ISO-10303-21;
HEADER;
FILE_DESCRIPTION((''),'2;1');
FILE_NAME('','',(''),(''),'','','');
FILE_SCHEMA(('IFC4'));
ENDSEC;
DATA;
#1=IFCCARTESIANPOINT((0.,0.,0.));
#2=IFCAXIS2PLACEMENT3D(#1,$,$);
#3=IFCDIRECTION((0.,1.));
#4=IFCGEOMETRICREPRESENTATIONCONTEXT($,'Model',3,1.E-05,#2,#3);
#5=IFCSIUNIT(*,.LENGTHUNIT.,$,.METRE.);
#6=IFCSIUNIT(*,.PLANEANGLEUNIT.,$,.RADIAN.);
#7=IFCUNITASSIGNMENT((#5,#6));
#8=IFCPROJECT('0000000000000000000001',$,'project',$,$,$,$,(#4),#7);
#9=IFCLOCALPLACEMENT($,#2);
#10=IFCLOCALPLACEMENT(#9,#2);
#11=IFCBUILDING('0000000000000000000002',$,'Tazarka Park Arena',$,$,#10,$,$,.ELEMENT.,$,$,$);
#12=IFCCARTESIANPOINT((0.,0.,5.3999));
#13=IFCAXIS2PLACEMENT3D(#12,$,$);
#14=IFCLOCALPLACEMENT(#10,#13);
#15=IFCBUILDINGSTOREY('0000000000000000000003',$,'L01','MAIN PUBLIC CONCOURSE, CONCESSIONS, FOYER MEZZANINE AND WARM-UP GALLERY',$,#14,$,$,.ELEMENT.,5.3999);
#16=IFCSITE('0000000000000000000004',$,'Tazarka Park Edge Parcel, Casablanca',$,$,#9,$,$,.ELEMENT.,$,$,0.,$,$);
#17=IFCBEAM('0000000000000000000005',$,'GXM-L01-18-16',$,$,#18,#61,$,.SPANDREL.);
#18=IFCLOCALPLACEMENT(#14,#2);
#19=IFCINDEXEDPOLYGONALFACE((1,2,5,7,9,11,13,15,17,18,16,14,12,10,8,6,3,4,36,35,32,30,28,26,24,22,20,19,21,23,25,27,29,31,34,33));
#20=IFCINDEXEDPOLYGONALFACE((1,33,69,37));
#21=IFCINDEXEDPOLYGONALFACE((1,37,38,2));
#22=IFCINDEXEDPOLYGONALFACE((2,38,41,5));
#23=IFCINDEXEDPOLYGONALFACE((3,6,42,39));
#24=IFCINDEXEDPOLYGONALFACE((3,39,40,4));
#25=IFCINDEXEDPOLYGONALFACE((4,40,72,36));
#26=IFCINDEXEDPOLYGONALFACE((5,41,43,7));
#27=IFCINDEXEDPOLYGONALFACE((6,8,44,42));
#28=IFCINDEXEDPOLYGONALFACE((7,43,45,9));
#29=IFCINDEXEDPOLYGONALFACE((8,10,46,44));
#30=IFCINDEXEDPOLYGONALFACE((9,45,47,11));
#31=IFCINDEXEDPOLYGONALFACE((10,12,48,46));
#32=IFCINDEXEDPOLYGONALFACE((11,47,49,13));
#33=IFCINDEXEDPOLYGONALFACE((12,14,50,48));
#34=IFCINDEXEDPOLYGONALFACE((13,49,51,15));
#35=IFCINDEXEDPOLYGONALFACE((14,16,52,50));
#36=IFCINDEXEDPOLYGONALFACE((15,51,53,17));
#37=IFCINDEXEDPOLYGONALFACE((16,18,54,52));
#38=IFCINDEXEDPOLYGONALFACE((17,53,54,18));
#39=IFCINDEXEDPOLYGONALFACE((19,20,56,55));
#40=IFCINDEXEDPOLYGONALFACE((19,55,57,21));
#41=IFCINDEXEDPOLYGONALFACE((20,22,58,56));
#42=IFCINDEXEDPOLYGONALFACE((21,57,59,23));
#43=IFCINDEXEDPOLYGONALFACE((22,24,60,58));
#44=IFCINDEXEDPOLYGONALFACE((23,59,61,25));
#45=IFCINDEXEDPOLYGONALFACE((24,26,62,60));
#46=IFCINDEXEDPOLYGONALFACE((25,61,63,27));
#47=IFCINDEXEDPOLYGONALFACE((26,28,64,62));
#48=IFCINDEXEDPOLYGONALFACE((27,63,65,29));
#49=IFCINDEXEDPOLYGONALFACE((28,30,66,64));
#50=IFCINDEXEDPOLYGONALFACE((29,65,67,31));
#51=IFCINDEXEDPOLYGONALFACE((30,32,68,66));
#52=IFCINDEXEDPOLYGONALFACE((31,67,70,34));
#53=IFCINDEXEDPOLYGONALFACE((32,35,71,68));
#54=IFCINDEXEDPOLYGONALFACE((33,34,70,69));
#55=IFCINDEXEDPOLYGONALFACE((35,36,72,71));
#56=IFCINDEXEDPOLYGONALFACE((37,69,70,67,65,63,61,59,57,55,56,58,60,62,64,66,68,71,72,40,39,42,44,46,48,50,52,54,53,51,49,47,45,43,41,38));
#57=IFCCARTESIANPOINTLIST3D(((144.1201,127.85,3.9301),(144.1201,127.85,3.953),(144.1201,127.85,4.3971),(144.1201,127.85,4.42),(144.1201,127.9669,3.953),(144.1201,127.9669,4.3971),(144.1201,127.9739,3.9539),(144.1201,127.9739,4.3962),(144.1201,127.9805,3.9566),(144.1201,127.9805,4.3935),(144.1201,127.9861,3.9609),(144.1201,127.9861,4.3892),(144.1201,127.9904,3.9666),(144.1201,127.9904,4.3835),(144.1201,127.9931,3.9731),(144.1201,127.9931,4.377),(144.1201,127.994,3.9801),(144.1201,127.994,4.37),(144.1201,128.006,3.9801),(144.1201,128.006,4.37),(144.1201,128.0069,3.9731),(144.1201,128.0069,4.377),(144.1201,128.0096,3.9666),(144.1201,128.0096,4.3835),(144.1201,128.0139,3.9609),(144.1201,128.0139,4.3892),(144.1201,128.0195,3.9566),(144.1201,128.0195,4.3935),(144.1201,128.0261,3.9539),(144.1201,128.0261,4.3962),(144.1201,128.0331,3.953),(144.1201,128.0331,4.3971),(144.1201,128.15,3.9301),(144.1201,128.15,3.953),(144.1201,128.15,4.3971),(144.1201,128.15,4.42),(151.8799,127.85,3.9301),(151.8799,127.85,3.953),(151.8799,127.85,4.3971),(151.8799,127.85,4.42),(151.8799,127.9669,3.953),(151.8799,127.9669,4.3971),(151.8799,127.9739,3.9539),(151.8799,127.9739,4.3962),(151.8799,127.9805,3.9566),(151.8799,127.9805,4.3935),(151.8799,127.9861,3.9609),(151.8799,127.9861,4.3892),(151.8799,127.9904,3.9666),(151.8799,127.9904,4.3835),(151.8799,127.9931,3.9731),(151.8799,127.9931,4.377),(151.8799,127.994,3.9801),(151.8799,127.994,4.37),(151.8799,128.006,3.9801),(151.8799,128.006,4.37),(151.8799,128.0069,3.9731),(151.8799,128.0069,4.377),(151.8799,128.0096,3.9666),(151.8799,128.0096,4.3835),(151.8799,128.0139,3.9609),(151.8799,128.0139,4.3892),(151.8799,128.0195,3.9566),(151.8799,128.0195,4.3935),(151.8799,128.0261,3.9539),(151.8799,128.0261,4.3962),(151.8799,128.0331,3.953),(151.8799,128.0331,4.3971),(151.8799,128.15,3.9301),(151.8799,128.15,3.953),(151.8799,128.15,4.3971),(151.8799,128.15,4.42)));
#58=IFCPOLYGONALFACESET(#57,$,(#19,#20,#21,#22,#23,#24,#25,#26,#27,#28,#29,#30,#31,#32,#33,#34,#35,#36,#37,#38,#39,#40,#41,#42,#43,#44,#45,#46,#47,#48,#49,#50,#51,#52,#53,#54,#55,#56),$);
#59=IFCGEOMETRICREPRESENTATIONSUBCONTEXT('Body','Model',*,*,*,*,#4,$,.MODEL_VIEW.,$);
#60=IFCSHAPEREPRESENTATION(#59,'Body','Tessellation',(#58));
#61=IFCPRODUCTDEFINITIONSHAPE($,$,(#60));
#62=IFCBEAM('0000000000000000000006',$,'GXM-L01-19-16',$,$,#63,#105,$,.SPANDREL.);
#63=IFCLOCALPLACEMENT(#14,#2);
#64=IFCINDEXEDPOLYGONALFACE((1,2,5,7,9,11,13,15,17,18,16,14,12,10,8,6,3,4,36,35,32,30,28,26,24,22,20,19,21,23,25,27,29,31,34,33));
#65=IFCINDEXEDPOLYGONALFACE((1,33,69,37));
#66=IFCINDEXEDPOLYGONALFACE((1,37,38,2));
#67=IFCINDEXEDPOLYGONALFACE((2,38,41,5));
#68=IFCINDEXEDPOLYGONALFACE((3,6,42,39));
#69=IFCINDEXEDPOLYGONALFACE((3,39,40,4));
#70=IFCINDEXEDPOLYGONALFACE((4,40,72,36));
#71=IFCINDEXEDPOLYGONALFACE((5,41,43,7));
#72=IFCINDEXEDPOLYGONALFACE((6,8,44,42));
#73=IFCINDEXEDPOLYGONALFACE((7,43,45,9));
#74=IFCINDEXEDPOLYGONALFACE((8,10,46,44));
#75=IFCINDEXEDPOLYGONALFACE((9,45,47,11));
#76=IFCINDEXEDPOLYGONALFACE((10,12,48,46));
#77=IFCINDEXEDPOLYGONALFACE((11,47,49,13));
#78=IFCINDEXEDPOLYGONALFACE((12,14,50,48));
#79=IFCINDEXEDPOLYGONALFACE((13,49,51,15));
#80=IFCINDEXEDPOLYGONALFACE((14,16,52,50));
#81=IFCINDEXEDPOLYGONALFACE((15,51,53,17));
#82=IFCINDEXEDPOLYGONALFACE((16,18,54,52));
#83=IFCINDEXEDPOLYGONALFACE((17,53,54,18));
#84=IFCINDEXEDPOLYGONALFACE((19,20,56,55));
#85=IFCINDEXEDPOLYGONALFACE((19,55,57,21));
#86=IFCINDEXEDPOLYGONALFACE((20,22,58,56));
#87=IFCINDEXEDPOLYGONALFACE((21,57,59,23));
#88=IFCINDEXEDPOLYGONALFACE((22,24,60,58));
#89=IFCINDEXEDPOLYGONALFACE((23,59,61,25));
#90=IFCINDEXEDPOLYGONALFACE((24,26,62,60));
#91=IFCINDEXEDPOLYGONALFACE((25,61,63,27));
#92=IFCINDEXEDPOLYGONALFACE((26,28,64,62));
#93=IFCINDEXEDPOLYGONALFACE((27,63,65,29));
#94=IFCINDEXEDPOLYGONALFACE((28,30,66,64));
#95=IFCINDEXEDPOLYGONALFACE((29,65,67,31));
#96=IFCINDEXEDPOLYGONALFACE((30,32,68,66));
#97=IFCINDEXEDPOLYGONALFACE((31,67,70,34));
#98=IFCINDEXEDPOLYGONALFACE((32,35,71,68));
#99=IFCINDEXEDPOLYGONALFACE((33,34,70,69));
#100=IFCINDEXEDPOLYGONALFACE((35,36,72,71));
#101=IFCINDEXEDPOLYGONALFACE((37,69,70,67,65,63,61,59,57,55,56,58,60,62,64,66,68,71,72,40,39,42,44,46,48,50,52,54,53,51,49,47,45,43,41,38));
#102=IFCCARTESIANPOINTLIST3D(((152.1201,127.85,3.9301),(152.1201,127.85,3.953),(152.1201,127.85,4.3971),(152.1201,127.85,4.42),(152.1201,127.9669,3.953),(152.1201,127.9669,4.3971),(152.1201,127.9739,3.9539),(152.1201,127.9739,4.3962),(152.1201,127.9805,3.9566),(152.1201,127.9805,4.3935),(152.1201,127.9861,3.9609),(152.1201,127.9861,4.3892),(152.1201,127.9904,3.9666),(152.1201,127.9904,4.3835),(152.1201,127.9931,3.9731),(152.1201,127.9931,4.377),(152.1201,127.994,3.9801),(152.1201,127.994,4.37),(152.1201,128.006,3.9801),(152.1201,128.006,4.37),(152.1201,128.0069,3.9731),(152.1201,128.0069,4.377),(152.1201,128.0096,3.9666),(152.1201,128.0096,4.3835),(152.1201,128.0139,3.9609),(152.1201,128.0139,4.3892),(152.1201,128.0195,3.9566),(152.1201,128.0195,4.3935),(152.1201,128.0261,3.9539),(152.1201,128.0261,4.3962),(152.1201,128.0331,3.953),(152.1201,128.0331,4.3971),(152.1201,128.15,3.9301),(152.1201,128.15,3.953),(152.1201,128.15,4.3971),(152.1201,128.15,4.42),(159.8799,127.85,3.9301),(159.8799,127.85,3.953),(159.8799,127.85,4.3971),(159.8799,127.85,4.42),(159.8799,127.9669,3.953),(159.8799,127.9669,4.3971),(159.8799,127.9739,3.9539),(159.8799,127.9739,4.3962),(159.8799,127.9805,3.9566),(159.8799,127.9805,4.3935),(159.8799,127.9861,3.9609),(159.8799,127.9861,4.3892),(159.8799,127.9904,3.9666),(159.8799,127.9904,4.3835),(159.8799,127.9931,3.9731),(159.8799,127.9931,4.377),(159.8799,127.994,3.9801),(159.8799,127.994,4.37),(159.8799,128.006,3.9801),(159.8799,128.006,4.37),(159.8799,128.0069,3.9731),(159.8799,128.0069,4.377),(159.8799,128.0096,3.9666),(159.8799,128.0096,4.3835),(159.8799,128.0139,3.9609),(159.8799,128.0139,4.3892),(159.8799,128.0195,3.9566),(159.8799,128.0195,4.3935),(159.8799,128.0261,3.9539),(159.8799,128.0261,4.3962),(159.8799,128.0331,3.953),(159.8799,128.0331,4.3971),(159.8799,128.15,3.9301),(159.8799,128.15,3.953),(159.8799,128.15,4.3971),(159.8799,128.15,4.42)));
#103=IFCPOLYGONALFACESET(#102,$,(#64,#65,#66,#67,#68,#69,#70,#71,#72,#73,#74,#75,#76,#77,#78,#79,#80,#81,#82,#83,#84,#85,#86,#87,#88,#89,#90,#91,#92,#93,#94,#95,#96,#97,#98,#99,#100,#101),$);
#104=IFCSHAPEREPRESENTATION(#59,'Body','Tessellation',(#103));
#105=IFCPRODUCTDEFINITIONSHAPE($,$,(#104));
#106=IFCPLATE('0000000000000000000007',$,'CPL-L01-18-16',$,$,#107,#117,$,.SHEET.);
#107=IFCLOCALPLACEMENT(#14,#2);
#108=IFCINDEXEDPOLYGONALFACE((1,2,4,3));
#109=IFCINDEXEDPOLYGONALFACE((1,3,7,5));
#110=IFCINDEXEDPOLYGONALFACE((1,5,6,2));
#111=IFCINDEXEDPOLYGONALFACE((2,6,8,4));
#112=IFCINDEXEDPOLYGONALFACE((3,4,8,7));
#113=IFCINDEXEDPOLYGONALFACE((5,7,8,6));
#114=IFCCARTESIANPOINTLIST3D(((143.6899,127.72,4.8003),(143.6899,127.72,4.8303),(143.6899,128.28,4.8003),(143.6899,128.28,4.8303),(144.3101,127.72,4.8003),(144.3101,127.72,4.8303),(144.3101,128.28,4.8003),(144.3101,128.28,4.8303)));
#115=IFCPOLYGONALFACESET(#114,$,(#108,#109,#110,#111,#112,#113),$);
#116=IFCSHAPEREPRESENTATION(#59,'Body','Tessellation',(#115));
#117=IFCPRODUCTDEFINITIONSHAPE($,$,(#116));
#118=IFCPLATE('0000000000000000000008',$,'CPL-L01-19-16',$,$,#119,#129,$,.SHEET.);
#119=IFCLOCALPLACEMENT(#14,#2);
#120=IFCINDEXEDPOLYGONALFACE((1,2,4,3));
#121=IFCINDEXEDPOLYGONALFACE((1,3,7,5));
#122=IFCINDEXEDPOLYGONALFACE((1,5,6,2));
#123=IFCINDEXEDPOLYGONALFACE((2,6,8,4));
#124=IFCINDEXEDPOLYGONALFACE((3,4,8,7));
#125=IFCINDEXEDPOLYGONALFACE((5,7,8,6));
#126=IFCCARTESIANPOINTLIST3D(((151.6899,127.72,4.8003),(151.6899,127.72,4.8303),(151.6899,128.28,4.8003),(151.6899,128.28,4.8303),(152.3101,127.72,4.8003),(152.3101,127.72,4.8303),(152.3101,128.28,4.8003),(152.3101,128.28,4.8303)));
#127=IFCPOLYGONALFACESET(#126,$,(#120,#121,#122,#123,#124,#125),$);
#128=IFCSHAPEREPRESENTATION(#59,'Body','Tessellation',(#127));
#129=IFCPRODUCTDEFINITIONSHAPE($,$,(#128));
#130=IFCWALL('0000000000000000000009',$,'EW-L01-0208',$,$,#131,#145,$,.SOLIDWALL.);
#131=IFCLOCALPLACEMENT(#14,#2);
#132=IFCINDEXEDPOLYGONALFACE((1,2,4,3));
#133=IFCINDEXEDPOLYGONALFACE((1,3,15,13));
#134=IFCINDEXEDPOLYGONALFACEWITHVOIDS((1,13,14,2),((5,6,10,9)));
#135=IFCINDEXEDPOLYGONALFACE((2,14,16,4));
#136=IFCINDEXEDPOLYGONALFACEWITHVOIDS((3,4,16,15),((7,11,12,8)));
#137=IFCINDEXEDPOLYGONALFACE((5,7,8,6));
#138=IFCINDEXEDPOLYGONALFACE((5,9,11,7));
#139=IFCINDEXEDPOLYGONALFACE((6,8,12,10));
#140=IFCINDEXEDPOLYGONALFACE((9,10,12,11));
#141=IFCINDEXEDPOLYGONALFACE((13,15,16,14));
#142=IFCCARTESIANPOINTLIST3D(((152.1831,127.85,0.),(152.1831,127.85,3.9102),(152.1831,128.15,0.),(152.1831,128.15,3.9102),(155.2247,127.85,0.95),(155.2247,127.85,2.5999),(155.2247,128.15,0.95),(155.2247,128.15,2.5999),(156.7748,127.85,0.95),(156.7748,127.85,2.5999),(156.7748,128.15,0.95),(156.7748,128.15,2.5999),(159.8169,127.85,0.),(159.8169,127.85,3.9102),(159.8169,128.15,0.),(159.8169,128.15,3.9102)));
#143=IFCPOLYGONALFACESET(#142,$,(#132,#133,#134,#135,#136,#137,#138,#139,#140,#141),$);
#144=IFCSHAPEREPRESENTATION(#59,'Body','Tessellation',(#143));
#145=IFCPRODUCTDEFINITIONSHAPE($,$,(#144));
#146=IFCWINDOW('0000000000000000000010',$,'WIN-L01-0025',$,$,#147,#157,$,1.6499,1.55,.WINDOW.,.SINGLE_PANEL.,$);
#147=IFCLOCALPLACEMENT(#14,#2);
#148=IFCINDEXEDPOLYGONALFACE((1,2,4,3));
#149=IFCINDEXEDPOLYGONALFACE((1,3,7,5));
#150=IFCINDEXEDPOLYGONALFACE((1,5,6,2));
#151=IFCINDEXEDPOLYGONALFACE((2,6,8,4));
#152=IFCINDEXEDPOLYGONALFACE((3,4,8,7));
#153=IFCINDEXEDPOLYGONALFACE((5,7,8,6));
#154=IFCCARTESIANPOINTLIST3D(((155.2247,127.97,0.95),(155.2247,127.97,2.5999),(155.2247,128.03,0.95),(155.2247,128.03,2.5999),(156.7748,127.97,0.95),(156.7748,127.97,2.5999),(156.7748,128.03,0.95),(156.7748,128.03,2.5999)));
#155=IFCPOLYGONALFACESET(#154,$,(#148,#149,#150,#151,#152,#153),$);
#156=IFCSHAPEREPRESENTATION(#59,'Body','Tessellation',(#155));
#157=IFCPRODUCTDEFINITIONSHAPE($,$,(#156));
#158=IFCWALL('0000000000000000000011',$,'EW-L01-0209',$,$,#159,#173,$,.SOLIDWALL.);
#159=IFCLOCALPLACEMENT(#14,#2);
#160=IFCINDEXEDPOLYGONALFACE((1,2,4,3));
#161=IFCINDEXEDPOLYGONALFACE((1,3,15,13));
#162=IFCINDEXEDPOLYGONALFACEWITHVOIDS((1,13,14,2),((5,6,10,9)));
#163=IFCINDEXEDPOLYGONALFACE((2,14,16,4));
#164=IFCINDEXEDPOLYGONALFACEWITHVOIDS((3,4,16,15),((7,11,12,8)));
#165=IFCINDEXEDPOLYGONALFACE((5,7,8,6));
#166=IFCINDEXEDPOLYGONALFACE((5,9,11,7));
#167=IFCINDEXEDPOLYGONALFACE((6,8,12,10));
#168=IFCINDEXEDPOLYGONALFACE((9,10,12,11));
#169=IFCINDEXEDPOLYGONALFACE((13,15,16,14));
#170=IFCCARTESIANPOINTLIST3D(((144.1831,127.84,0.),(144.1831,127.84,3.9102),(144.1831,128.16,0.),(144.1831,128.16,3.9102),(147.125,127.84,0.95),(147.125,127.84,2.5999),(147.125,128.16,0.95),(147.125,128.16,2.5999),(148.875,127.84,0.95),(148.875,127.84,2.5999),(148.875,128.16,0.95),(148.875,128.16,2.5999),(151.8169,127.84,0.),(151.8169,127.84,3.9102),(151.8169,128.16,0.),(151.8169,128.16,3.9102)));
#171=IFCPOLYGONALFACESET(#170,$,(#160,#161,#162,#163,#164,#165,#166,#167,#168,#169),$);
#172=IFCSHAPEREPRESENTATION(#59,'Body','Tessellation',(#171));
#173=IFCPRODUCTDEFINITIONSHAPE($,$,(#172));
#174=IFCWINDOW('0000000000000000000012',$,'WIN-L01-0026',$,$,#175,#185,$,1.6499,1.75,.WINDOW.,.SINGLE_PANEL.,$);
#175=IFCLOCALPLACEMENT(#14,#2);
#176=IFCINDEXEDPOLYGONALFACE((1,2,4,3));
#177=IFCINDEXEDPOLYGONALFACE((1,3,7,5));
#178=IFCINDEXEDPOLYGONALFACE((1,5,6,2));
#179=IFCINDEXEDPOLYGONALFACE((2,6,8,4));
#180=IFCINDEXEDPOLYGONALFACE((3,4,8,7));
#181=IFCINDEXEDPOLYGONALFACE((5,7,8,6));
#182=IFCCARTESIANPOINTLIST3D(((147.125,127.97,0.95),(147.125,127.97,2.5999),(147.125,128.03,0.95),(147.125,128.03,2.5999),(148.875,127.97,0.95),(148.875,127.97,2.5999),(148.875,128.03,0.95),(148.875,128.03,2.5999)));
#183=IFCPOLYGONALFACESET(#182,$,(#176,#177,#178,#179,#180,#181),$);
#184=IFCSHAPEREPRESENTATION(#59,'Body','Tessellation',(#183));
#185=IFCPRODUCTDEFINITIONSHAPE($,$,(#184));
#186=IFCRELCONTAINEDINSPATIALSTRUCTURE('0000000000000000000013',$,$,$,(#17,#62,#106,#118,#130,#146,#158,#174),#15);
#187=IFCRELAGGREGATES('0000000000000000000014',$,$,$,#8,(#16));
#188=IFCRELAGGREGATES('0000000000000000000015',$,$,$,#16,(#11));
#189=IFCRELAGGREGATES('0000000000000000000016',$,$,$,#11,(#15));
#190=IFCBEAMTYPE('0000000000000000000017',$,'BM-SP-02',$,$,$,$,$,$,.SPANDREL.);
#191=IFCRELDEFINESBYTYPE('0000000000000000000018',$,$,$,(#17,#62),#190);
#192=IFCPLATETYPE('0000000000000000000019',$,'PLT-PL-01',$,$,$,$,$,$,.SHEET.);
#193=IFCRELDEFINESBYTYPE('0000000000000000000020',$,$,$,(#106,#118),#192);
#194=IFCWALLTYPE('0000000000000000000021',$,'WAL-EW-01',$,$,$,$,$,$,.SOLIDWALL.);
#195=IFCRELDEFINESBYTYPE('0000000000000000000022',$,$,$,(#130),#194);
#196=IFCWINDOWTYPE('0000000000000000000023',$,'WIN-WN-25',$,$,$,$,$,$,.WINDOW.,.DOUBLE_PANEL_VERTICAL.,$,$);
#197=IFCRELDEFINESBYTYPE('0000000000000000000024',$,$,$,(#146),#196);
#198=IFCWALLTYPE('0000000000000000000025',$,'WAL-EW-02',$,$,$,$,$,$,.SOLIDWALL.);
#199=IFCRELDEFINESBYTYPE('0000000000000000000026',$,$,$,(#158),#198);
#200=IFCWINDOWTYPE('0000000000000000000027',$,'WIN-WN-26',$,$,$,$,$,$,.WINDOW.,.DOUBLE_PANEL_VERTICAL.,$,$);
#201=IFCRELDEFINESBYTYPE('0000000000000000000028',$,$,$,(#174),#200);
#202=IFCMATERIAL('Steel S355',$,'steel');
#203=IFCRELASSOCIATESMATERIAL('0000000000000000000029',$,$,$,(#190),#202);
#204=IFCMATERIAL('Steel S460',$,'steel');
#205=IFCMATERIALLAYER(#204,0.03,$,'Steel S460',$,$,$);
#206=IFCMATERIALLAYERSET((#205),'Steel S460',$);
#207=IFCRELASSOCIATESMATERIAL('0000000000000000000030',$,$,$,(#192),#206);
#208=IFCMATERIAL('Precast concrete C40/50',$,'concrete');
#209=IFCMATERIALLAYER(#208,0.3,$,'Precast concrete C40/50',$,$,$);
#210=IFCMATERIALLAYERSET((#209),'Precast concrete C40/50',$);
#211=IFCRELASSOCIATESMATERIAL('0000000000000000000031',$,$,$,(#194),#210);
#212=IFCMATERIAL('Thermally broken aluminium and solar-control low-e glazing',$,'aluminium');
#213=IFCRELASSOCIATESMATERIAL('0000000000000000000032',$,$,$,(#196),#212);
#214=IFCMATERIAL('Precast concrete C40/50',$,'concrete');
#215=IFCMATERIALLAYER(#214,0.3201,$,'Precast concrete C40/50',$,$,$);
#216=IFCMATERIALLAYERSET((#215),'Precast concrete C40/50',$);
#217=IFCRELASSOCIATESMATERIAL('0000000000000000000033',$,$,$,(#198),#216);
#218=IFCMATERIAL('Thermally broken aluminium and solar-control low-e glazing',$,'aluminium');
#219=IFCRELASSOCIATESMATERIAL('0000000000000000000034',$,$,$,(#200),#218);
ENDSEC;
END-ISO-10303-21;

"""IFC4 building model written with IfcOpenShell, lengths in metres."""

from ifc_helpers import new_model, si_unit, direction, frame, frame_2d, origin, origin_2d, place, context, subcontext, project, spatial, rectangle, i_section, extrude, material, layer, layer_set, material_profile, profile_set, type_object, element, fill, save


model = new_model("IFC4")

# Units and contexts
model_context = context("Model", 3, precision=1e-05, world=origin(), true_north=direction((0.0, 1.0)))
body_context = subcontext(model_context, "Body", "Model", "MODEL_VIEW")
ifc_project = project(units=[si_unit("LENGTHUNIT", "METRE"), si_unit("PLANEANGLEUNIT", "RADIAN")], contexts=[model_context])

# Site, building, storey
site_placement = place(None, origin())
site = spatial("IfcSite", under=ifc_project, at=site_placement, Name="Tazarka Park Edge Parcel, Casablanca", CompositionType="ELEMENT", RefElevation=0.0)
building_placement = place(site_placement, origin())
building = spatial("IfcBuilding", under=site, at=building_placement, Name="Tazarka Park Arena", CompositionType="ELEMENT")
storey_placement = place(building_placement, frame((0.0, 0.0, 5.3999)))
storey = spatial("IfcBuildingStorey", under=building, at=storey_placement, Name="L01", Description="MAIN PUBLIC CONCOURSE, CONCESSIONS, FOYER MEZZANINE AND WARM-UP GALLERY", CompositionType="ELEMENT", Elevation=5.3999)

# Beams
ifc_material_1 = material(Name="Steel S355", Category="steel")
ifc_material_profile_1 = material_profile(ifc_material_1, i_section(OverallWidth=0.3, OverallDepth=0.49, WebThickness=0.012, FlangeThickness=0.0229, FilletRadius=0.0271, at=origin_2d()), Name="Steel S355")
ifc_profile_set_1 = profile_set([ifc_material_profile_1], Name="Steel S355")
beam_type_1 = type_object("IfcBeamType", Name="BM-SP-02", PredefinedType="SPANDREL", material=ifc_profile_set_1)
for number, where, z_axis, x_axis, name in (
    (1, (144.1201, 128.0, 4.175), (1.0, 0.0, 0.0), (0.0, 1.0, 0.0), "GXM-L01-18-16"),
    (2, (152.1201, 128.0, 4.175), (1.0, 0.0, 0.0), (0.0, 1.0, 0.0), "GXM-L01-19-16"),
):
    element("IfcBeam", number, at=place(storey_placement, frame(where, z_axis=z_axis, x_axis=x_axis)), inside=storey, type_object=beam_type_1, Name=name, PredefinedType="SPANDREL", context=body_context, shape_type="SweptSolid", body=[
        extrude(i_section(OverallWidth=0.3, OverallDepth=0.49, WebThickness=0.012, FlangeThickness=0.0229, FilletRadius=0.0271, at=origin_2d()), origin(), (0.0, 0.0, 1.0), 7.7598),
    ])

# Plates
ifc_material_2 = material(Name="Steel S460", Category="steel")
ifc_layer_1 = layer(ifc_material_2, 0.03, Name="Steel S460")
ifc_layer_set_1 = layer_set([ifc_layer_1], Name="Steel S460")
plate_type = type_object("IfcPlateType", Name="PLT-PL-01", PredefinedType="SHEET", material=ifc_layer_set_1)
for number, where, z_axis, x_axis, name in (
    (3, (144.0, 128.0, 4.8003), (0.0, 0.0, 1.0), (1.0, 0.0, 0.0), "CPL-L01-18-16"),
    (4, (152.0, 128.0, 4.8003), (0.0, 0.0, 1.0), (1.0, 0.0, 0.0), "CPL-L01-19-16"),
):
    element("IfcPlate", number, at=place(storey_placement, frame(where, z_axis=z_axis, x_axis=x_axis)), inside=storey, type_object=plate_type, Name=name, PredefinedType="SHEET", context=body_context, shape_type="SweptSolid", body=[
        extrude(rectangle(XDim=0.6201, YDim=0.5601, at=origin_2d()), origin(), (0.0, 0.0, 1.0), 0.03),
    ])

# Walls, openings, windows
ifc_material_3 = material(Name="Precast concrete C40/50", Category="concrete")
ifc_layer_2 = layer(ifc_material_3, 0.3, Name="Precast concrete C40/50")
ifc_layer_set_2 = layer_set([ifc_layer_2], Name="Precast concrete C40/50")
wall_type_1 = type_object("IfcWallType", Name="WAL-EW-01", PredefinedType="SOLIDWALL", material=ifc_layer_set_2)
wall_1_placement = place(storey_placement, frame((152.1831, 128.0, 0.0), z_axis=(0.0, 0.0, 1.0), x_axis=(1.0, 0.0, 0.0)))
wall_1 = element("IfcWall", 5, at=wall_1_placement, inside=storey, type_object=wall_type_1, Name="EW-L01-0208", PredefinedType="SOLIDWALL", context=body_context, shape_type="SweptSolid", body=[
    extrude(rectangle(XDim=7.6338, YDim=0.3, at=frame_2d((3.8169, 0.0))), origin(), (0.0, 0.0, 1.0), 3.9102),
])
opening_1_placement = place(wall_1_placement, frame((3.0417, 0.0, 0.95)))
opening_1 = element("IfcOpeningElement", 6, at=opening_1_placement, cuts=wall_1, PredefinedType="OPENING", context=body_context, shape_type="SweptSolid", body=[
    extrude(rectangle(XDim=1.55, YDim=1.6499, at=frame_2d((0.7749, 0.825))), frame((0.0, 0.1602, 0.0), z_axis=(0.0, -1.0, 0.0), x_axis=(1.0, 0.0, 0.0)), (0.0, 0.0, 1.0), 0.3201),
])
ifc_material_4 = material(Name="Thermally broken aluminium and solar-control low-e glazing", Category="aluminium")
window_type_1 = type_object("IfcWindowType", Name="WIN-WN-25", PartitioningType="DOUBLE_PANEL_VERTICAL", PredefinedType="WINDOW", material=ifc_material_4)
window_1_placement = place(opening_1_placement, origin())
window_1 = element("IfcWindow", 7, at=window_1_placement, inside=storey, type_object=window_type_1, Name="WIN-L01-0025", OverallHeight=1.6499, OverallWidth=1.55, PartitioningType="SINGLE_PANEL", PredefinedType="WINDOW", context=body_context, shape_type="SweptSolid", body=[
    extrude(rectangle(XDim=1.55, YDim=1.6499, at=frame_2d((0.7749, 0.825))), frame((0.0, 0.03, 0.0), z_axis=(0.0, -1.0, 0.0), x_axis=(1.0, 0.0, 0.0)), (0.0, 0.0, 1.0), 0.0601),
])
fill(opening_1, window_1)
ifc_material_5 = material(Name="Precast concrete C40/50", Category="concrete")
ifc_layer_3 = layer(ifc_material_5, 0.3201, Name="Precast concrete C40/50")
ifc_layer_set_3 = layer_set([ifc_layer_3], Name="Precast concrete C40/50")
wall_type_2 = type_object("IfcWallType", Name="WAL-EW-02", PredefinedType="SOLIDWALL", material=ifc_layer_set_3)
wall_2_placement = place(storey_placement, frame((144.1831, 128.0, 0.0), z_axis=(0.0, 0.0, 1.0), x_axis=(1.0, 0.0, 0.0)))
wall_2 = element("IfcWall", 8, at=wall_2_placement, inside=storey, type_object=wall_type_2, Name="EW-L01-0209", PredefinedType="SOLIDWALL", context=body_context, shape_type="SweptSolid", body=[
    extrude(rectangle(XDim=7.6338, YDim=0.3201, at=frame_2d((3.8169, 0.0))), origin(), (0.0, 0.0, 1.0), 3.9102),
])
opening_2_placement = place(wall_2_placement, frame((2.9419, 0.0, 0.95)))
opening_2 = element("IfcOpeningElement", 9, at=opening_2_placement, cuts=wall_2, PredefinedType="OPENING", context=body_context, shape_type="SweptSolid", body=[
    extrude(rectangle(XDim=1.75, YDim=1.6499, at=frame_2d((0.875, 0.825))), frame((0.0, 0.1699, 0.0), z_axis=(0.0, -1.0, 0.0), x_axis=(1.0, 0.0, 0.0)), (0.0, 0.0, 1.0), 0.3401),
])
ifc_material_6 = material(Name="Thermally broken aluminium and solar-control low-e glazing", Category="aluminium")
window_type_2 = type_object("IfcWindowType", Name="WIN-WN-26", PartitioningType="DOUBLE_PANEL_VERTICAL", PredefinedType="WINDOW", material=ifc_material_6)
window_2_placement = place(opening_2_placement, origin())
window_2 = element("IfcWindow", 10, at=window_2_placement, inside=storey, type_object=window_type_2, Name="WIN-L01-0026", OverallHeight=1.6499, OverallWidth=1.75, PartitioningType="SINGLE_PANEL", PredefinedType="WINDOW", context=body_context, shape_type="SweptSolid", body=[
    extrude(rectangle(XDim=1.75, YDim=1.6499, at=frame_2d((0.875, 0.825))), frame((0.0, 0.03, 0.0), z_axis=(0.0, -1.0, 0.0), x_axis=(1.0, 0.0, 0.0)), (0.0, 0.0, 1.0), 0.0601),
])
fill(opening_2, window_2)

save(model, "model.ifc")
